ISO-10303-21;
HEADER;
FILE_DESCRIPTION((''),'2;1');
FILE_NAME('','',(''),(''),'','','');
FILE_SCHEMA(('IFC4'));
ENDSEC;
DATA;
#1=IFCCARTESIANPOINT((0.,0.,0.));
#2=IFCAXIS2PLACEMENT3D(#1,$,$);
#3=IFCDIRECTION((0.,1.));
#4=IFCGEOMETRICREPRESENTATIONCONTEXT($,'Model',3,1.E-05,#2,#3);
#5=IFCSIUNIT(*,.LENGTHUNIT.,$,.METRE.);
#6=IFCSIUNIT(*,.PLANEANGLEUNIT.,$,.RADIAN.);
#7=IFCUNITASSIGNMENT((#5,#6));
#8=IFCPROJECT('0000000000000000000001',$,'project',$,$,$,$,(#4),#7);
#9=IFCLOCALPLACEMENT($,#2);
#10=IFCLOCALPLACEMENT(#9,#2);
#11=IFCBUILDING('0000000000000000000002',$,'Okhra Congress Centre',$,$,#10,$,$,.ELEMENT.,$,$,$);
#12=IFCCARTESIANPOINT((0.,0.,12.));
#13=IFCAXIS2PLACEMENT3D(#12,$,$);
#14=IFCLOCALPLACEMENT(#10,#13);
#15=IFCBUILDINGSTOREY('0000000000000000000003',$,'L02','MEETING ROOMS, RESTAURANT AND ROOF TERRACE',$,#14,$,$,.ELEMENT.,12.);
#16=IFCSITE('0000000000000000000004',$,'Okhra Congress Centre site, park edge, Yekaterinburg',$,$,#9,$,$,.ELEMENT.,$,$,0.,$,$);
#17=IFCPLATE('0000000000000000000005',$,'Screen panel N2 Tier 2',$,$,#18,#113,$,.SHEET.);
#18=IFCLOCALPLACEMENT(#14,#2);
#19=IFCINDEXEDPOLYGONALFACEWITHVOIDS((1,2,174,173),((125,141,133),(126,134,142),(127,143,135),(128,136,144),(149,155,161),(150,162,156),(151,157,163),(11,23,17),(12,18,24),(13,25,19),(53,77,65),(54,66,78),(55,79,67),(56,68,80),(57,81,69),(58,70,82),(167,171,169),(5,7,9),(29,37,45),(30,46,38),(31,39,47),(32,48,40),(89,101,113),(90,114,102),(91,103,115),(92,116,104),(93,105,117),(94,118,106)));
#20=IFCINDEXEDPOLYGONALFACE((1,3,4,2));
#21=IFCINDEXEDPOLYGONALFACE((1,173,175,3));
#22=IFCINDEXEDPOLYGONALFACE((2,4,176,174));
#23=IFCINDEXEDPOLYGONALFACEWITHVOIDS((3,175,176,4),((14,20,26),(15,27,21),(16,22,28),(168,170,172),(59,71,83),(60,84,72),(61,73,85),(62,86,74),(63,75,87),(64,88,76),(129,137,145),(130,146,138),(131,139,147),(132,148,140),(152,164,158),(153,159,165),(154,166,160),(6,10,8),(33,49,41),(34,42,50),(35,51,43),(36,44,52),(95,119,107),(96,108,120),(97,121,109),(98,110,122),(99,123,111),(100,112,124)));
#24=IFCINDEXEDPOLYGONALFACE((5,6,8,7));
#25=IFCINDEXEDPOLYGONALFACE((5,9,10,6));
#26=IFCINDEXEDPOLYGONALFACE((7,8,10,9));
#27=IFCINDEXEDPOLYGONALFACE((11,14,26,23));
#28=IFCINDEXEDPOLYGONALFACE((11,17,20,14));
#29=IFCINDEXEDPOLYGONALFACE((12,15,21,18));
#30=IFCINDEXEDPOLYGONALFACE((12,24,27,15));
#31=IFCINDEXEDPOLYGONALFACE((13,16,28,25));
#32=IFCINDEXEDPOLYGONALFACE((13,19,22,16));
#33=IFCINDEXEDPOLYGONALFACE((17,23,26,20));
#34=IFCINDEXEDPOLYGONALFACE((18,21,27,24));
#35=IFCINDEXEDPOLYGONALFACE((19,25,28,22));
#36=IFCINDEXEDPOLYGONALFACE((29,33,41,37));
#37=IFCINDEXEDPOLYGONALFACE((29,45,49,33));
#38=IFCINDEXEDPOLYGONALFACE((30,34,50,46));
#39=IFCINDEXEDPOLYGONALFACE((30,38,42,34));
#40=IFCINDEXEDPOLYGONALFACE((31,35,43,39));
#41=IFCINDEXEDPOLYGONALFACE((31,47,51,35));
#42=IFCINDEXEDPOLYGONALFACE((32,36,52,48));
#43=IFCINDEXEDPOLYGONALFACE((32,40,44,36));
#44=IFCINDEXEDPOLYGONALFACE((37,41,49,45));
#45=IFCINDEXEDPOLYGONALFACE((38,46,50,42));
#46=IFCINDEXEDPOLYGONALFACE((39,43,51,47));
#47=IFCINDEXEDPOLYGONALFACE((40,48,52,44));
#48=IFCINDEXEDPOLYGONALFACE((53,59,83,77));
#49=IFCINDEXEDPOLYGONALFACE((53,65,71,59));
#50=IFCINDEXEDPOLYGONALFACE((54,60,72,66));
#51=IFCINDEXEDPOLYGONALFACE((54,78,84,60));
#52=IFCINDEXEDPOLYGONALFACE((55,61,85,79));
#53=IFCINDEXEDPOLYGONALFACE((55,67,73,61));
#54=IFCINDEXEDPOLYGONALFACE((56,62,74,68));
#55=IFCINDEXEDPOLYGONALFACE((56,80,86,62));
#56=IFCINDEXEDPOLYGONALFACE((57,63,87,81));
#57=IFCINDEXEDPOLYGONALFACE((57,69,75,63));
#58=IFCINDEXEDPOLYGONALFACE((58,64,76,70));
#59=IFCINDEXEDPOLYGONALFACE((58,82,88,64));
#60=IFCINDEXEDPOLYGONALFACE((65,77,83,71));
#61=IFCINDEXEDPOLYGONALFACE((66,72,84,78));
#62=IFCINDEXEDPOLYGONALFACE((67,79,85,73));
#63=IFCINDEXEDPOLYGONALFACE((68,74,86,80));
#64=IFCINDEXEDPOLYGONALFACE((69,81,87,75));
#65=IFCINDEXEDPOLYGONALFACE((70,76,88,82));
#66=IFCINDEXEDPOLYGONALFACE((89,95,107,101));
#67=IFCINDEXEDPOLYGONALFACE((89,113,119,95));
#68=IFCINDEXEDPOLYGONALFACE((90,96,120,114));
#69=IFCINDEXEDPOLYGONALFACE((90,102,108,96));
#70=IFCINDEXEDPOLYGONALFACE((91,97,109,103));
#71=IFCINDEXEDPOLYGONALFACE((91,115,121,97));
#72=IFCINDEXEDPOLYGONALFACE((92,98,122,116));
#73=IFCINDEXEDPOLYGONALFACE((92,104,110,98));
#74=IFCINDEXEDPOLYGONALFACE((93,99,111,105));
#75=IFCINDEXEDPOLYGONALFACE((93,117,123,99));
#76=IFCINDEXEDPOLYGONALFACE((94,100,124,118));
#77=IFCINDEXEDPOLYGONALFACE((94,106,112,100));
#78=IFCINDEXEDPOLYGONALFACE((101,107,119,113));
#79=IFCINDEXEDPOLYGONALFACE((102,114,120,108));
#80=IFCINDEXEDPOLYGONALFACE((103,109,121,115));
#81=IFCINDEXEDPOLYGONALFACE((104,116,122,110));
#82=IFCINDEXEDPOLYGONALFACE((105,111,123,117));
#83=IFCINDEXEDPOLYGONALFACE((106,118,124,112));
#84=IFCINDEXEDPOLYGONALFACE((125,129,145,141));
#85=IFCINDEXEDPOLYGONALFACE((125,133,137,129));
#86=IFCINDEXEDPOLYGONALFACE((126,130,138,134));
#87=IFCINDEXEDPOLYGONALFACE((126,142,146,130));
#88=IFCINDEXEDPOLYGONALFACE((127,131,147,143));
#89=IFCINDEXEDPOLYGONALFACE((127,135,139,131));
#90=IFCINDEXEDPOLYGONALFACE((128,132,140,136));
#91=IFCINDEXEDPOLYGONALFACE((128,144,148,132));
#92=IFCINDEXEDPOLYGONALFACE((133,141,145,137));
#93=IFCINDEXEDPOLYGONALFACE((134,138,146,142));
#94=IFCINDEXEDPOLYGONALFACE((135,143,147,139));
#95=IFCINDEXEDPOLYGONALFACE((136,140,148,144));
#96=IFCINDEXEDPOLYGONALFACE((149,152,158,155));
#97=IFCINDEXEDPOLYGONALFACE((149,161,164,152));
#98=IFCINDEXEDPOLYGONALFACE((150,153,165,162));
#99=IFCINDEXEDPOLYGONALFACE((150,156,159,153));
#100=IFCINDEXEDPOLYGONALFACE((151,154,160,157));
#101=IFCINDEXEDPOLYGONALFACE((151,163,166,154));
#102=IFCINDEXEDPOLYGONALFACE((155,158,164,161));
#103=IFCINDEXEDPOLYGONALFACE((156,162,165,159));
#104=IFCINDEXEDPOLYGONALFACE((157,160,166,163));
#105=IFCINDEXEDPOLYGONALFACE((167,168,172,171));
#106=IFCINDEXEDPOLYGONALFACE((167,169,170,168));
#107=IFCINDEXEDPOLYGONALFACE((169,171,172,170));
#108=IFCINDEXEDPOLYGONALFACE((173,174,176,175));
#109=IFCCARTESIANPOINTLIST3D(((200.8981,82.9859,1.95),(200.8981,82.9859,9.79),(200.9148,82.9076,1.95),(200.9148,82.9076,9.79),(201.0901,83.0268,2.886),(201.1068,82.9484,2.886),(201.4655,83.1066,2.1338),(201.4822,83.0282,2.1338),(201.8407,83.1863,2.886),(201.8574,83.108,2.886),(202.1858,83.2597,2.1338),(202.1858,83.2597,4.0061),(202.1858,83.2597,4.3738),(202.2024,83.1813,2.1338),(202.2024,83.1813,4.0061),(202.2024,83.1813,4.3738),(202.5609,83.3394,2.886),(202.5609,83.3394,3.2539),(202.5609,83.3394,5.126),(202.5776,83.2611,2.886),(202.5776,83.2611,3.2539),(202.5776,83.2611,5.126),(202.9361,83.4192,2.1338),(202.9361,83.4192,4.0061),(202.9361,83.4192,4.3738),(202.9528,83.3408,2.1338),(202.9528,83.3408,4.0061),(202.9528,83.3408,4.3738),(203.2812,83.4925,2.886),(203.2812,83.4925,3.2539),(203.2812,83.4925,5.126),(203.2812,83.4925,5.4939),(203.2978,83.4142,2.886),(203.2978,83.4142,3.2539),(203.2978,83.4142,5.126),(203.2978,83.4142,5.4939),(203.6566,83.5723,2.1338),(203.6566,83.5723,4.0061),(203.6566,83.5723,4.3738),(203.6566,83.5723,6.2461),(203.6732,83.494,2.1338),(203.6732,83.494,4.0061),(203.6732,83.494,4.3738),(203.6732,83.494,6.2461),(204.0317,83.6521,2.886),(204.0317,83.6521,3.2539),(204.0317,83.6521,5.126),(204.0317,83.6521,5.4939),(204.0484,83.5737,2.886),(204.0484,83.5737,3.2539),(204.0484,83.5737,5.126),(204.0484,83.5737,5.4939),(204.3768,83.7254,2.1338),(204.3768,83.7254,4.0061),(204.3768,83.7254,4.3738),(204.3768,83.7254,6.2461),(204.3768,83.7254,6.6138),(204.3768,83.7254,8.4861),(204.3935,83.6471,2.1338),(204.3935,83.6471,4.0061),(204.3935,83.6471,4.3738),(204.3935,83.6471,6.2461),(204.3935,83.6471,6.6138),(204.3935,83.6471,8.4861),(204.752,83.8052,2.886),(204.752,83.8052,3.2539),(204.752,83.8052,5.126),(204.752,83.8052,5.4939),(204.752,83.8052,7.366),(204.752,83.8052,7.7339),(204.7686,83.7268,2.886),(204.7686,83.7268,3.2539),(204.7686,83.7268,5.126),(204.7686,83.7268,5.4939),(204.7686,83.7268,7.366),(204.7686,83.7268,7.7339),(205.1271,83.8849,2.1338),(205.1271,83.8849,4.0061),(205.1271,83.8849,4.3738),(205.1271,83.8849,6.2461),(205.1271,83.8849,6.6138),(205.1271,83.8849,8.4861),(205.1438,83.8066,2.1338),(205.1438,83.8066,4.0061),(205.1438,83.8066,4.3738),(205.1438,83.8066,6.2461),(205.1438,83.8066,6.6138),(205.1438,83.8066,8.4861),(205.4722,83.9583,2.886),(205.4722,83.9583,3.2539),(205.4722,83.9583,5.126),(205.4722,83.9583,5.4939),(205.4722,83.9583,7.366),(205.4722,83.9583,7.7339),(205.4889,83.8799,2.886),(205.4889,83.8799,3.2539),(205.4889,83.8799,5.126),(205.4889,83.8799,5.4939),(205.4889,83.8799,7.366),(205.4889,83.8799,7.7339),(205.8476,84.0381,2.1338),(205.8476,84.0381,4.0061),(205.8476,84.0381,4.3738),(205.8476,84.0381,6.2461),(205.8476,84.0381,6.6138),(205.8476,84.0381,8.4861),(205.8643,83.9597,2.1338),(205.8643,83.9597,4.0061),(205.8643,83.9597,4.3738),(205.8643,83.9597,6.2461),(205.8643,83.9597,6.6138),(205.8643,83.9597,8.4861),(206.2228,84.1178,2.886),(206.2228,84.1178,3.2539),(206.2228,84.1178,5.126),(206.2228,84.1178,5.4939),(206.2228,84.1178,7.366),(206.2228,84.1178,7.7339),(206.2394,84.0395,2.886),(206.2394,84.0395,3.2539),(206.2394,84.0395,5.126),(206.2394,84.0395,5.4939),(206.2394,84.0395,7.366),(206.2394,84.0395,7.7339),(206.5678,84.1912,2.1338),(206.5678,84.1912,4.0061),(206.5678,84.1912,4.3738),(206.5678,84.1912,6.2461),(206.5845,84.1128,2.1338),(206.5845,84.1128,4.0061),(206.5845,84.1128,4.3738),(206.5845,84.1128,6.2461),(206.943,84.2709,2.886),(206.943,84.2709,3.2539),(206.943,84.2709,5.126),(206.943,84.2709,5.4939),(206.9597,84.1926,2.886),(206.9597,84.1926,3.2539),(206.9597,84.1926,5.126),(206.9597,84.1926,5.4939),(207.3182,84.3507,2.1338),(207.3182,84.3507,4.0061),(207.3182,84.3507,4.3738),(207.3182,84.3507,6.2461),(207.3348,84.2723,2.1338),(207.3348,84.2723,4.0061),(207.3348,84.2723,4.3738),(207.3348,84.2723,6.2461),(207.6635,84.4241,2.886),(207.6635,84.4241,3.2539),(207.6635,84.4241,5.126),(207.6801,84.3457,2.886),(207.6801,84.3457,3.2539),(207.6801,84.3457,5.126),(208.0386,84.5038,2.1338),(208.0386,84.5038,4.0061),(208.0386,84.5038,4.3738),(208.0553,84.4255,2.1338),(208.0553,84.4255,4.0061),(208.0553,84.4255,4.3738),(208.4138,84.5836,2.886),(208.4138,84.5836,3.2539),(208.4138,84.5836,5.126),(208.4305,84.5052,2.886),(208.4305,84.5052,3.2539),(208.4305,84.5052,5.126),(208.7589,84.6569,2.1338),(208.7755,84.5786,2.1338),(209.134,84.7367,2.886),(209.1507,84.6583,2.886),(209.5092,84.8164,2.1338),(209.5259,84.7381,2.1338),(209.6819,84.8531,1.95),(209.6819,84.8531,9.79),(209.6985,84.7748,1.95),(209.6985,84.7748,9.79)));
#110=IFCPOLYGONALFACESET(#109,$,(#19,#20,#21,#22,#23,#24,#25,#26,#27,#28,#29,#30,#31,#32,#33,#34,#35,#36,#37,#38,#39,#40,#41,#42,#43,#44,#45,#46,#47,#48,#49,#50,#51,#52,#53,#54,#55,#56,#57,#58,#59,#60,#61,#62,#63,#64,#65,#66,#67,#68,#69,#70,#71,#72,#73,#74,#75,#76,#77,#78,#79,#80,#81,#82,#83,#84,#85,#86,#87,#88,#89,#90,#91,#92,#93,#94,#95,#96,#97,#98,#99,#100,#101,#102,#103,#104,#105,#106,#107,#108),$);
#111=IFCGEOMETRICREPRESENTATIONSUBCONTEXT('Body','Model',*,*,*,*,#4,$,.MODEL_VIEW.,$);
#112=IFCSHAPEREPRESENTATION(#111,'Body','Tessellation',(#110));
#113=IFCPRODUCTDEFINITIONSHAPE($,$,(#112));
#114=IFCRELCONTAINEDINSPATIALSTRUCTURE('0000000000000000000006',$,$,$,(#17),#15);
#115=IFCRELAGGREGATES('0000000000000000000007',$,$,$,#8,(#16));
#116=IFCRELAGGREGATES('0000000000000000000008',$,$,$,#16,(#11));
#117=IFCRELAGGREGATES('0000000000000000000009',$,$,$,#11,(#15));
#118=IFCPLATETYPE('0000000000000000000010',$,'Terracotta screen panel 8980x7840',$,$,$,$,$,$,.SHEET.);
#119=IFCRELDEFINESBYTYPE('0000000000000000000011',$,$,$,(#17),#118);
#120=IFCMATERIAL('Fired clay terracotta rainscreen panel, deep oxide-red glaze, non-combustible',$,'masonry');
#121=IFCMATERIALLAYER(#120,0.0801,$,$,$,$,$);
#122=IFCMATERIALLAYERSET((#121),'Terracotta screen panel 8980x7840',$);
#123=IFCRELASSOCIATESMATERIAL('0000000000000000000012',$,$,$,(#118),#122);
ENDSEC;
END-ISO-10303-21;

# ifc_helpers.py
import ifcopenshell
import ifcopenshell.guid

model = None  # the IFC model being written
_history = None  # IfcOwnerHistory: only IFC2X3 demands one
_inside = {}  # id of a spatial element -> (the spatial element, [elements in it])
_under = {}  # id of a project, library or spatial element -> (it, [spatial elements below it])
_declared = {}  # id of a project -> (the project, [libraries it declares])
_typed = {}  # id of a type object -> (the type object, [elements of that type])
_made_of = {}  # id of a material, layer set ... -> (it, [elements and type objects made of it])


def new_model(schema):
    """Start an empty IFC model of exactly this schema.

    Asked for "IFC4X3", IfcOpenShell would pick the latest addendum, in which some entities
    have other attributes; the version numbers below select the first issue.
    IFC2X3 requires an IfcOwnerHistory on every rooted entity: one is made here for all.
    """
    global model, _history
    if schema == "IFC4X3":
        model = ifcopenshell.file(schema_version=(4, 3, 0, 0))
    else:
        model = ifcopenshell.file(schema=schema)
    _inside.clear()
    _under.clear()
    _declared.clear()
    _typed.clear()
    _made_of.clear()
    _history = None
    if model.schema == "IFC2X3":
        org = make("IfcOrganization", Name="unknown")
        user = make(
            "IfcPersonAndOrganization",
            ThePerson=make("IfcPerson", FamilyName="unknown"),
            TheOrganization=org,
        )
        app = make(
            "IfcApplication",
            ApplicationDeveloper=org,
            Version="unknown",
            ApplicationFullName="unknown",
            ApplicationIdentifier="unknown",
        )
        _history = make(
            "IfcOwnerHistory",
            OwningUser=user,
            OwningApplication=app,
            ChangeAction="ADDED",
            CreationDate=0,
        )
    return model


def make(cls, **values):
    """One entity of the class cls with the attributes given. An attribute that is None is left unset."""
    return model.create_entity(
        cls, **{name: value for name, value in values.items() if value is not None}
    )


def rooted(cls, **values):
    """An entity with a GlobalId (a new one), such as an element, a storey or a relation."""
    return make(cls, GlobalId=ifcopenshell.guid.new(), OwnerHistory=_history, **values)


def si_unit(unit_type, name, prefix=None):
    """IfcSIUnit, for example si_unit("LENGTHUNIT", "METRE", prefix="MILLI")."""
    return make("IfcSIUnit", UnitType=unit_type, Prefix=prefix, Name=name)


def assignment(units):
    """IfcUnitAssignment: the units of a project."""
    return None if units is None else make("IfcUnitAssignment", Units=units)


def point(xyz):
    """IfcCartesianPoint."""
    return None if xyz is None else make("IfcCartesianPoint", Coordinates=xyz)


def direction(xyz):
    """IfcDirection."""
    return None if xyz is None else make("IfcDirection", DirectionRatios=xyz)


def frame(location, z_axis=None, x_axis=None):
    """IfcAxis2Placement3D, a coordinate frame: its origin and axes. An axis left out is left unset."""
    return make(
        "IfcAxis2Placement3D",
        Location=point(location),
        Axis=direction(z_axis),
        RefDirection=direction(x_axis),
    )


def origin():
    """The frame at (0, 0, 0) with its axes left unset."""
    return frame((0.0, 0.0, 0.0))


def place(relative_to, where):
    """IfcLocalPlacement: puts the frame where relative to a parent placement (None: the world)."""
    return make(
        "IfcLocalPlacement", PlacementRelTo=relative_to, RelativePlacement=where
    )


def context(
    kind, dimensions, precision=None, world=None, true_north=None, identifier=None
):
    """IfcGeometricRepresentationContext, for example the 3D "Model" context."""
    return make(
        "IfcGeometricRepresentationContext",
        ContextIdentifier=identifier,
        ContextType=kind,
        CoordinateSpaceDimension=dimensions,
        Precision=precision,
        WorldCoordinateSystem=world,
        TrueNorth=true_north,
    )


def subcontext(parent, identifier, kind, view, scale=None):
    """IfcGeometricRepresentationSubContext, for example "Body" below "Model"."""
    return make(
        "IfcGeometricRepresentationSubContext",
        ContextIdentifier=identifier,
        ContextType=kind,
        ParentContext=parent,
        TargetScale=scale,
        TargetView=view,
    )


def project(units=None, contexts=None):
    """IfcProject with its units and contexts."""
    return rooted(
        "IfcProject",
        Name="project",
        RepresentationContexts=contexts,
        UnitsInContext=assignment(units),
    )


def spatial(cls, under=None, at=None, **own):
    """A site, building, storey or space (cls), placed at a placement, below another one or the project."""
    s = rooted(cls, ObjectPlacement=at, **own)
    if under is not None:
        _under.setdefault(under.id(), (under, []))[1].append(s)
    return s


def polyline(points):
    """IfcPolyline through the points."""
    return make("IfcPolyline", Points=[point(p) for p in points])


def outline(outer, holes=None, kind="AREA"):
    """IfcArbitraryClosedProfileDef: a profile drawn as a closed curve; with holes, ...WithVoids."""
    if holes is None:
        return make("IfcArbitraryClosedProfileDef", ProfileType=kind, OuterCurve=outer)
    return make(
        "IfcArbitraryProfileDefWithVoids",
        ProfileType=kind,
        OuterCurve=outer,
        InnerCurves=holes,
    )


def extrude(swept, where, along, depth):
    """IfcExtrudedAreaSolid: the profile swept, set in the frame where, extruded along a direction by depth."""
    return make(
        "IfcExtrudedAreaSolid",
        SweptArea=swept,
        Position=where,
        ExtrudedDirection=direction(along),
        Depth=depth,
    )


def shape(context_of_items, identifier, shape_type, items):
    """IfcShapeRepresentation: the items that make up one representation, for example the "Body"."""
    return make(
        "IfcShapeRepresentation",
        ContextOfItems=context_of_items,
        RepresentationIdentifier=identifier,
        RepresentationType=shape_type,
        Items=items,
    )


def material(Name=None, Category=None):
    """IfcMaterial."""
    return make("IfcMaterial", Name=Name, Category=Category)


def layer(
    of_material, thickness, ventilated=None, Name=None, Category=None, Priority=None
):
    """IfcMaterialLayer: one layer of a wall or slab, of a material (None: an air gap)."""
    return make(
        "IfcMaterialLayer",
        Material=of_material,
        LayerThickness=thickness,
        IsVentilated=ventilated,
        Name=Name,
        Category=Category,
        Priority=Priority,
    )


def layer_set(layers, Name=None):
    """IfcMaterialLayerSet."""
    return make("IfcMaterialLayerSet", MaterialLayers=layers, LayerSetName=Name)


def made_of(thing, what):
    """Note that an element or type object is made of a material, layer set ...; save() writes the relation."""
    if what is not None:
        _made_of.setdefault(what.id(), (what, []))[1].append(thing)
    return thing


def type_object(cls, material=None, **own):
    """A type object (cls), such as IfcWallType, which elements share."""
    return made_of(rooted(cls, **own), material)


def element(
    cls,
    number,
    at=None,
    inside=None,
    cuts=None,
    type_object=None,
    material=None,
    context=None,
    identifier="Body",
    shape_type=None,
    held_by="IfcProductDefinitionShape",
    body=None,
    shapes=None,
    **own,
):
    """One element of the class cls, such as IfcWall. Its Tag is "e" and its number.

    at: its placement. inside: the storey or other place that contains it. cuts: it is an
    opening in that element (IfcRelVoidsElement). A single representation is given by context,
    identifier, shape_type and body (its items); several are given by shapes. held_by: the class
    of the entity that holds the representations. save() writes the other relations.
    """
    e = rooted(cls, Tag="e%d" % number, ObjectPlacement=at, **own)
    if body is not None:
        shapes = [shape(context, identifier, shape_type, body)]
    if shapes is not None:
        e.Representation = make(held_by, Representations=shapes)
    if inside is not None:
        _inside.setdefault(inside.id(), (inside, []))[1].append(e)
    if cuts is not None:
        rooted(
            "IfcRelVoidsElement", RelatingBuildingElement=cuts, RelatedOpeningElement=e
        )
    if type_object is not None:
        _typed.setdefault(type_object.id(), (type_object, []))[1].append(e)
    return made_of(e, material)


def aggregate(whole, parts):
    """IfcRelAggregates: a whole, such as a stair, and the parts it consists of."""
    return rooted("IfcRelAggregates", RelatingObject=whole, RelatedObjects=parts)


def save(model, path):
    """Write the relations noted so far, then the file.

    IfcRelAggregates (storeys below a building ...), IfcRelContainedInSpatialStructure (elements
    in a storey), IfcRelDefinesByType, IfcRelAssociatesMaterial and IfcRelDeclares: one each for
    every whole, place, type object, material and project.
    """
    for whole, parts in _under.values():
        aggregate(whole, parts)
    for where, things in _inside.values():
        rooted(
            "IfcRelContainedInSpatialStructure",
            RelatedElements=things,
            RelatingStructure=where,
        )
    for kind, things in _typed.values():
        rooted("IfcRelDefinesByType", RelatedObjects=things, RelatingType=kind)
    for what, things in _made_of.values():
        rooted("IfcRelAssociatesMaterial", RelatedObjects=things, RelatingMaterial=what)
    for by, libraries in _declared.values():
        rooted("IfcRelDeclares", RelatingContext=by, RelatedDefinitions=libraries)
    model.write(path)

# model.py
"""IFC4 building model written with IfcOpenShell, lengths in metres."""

from ifc_helpers import new_model, si_unit, direction, frame, origin, place, context, subcontext, project, spatial, polyline, outline, extrude, material, layer, layer_set, type_object, element, save


model = new_model("IFC4")

# Units and contexts
model_context = context("Model", 3, precision=1e-05, world=origin(), true_north=direction((0.0, 1.0)))
body_context = subcontext(model_context, "Body", "Model", "MODEL_VIEW")
ifc_project = project(units=[si_unit("LENGTHUNIT", "METRE"), si_unit("PLANEANGLEUNIT", "RADIAN")], contexts=[model_context])

# Site, building, storey
site_placement = place(None, origin())
site = spatial("IfcSite", under=ifc_project, at=site_placement, Name="Okhra Congress Centre site, park edge, Yekaterinburg", CompositionType="ELEMENT", RefElevation=0.0)
building_placement = place(site_placement, origin())
building = spatial("IfcBuilding", under=site, at=building_placement, Name="Okhra Congress Centre", CompositionType="ELEMENT")
storey_placement = place(building_placement, frame((0.0, 0.0, 12.0)))
storey = spatial("IfcBuildingStorey", under=building, at=storey_placement, Name="L02", Description="MEETING ROOMS, RESTAURANT AND ROOF TERRACE", CompositionType="ELEMENT", Elevation=12.0)

# Plate
ifc_material_1 = material(Name="Fired clay terracotta rainscreen panel, deep oxide-red glaze, non-combustible", Category="masonry")
ifc_layer_1 = layer(ifc_material_1, 0.0801)
ifc_layer_set_1 = layer_set([ifc_layer_1], Name="Terracotta screen panel 8980x7840")
plate_type_1 = type_object("IfcPlateType", Name="Terracotta screen panel 8980x7840", PredefinedType="SHEET", material=ifc_layer_set_1)
plate_1_placement = place(storey_placement, frame((209.6902, 84.814, 1.95), z_axis=(0.0, 0.0, 1.0), x_axis=(-0.978144, -0.207928, 0.0)))
element("IfcPlate", 1, at=plate_1_placement, inside=storey, type_object=plate_type_1, Name="Screen panel N2 Tier 2", PredefinedType="SHEET", context=body_context, shape_type="SweptSolid", body=[
    extrude(outline(polyline([(0.0, 0.0), (8.98, 0.0), (8.98, 7.8401), (0.0, 7.8401), (0.0, 0.0)]), holes=[polyline([(0.1765, 0.1838), (0.9436, 0.1838), (0.5601, 0.936), (0.1765, 0.1838)]), polyline([(1.2964, 0.936), (1.6799, 0.1838), (2.0635, 0.936), (1.2964, 0.936)]), polyline([(2.4165, 0.1838), (3.1836, 0.1838), (2.8, 0.936), (2.4165, 0.1838)]), polyline([(3.5364, 0.936), (3.9199, 0.1838), (4.3037, 0.936), (3.5364, 0.936)]), polyline([(4.6565, 0.1838), (5.4236, 0.1838), (5.04, 0.936), (4.6565, 0.1838)]), polyline([(5.7764, 0.936), (6.1599, 0.1838), (6.5437, 0.936), (5.7764, 0.936)]), polyline([(6.8965, 0.1838), (7.6636, 0.1838), (7.28, 0.936), (6.8965, 0.1838)]), polyline([(8.0164, 0.936), (8.3999, 0.1838), (8.7837, 0.936), (8.0164, 0.936)]), polyline([(1.2964, 1.304), (2.0635, 1.304), (1.6799, 2.0562), (1.2964, 1.304)]), polyline([(2.4165, 2.0562), (2.8, 1.304), (3.1836, 2.0562), (2.4165, 2.0562)]), polyline([(3.5364, 1.304), (4.3037, 1.304), (3.9199, 2.0562), (3.5364, 1.304)]), polyline([(4.6565, 2.0562), (5.04, 1.304), (5.4236, 2.0562), (4.6565, 2.0562)]), polyline([(5.7764, 1.304), (6.5437, 1.304), (6.1599, 2.0562), (5.7764, 1.304)]), polyline([(6.8965, 2.0562), (7.28, 1.304), (7.6636, 2.0562), (6.8965, 2.0562)]), polyline([(1.2964, 3.176), (1.6799, 2.4238), (2.0635, 3.176), (1.2964, 3.176)]), polyline([(2.4165, 2.4238), (3.1836, 2.4238), (2.8, 3.176), (2.4165, 2.4238)]), polyline([(3.5364, 3.176), (3.9199, 2.4238), (4.3037, 3.176), (3.5364, 3.176)]), polyline([(4.6565, 2.4238), (5.4236, 2.4238), (5.04, 3.176), (4.6565, 2.4238)]), polyline([(5.7764, 3.176), (6.1599, 2.4238), (6.5437, 3.176), (5.7764, 3.176)]), polyline([(6.8965, 2.4238), (7.6636, 2.4238), (7.28, 3.176), (6.8965, 2.4238)]), polyline([(2.4165, 4.2961), (2.8, 3.5439), (3.1836, 4.2961), (2.4165, 4.2961)]), polyline([(3.5364, 3.5439), (4.3037, 3.5439), (3.9199, 4.2961), (3.5364, 3.5439)]), polyline([(4.6565, 4.2961), (5.04, 3.5439), (5.4236, 4.2961), (4.6565, 4.2961)]), polyline([(5.7764, 3.5439), (6.5437, 3.5439), (6.1599, 4.2961), (5.7764, 3.5439)]), polyline([(3.5364, 5.416), (3.9199, 4.6638), (4.3037, 5.416), (3.5364, 5.416)]), polyline([(4.6565, 4.6638), (5.4236, 4.6638), (5.04, 5.416), (4.6565, 4.6638)]), polyline([(3.5364, 5.7839), (4.3037, 5.7839), (3.9199, 6.5361), (3.5364, 5.7839)]), polyline([(4.6565, 6.5361), (5.04, 5.7839), (5.4236, 6.5361), (4.6565, 6.5361)])]), frame((0.0, 0.04, 0.0), z_axis=(0.0, -1.0, 0.0), x_axis=(1.0, 0.0, 0.0)), (0.0, 0.0, 1.0), 0.0801),
])

save(model, "model.ifc")
